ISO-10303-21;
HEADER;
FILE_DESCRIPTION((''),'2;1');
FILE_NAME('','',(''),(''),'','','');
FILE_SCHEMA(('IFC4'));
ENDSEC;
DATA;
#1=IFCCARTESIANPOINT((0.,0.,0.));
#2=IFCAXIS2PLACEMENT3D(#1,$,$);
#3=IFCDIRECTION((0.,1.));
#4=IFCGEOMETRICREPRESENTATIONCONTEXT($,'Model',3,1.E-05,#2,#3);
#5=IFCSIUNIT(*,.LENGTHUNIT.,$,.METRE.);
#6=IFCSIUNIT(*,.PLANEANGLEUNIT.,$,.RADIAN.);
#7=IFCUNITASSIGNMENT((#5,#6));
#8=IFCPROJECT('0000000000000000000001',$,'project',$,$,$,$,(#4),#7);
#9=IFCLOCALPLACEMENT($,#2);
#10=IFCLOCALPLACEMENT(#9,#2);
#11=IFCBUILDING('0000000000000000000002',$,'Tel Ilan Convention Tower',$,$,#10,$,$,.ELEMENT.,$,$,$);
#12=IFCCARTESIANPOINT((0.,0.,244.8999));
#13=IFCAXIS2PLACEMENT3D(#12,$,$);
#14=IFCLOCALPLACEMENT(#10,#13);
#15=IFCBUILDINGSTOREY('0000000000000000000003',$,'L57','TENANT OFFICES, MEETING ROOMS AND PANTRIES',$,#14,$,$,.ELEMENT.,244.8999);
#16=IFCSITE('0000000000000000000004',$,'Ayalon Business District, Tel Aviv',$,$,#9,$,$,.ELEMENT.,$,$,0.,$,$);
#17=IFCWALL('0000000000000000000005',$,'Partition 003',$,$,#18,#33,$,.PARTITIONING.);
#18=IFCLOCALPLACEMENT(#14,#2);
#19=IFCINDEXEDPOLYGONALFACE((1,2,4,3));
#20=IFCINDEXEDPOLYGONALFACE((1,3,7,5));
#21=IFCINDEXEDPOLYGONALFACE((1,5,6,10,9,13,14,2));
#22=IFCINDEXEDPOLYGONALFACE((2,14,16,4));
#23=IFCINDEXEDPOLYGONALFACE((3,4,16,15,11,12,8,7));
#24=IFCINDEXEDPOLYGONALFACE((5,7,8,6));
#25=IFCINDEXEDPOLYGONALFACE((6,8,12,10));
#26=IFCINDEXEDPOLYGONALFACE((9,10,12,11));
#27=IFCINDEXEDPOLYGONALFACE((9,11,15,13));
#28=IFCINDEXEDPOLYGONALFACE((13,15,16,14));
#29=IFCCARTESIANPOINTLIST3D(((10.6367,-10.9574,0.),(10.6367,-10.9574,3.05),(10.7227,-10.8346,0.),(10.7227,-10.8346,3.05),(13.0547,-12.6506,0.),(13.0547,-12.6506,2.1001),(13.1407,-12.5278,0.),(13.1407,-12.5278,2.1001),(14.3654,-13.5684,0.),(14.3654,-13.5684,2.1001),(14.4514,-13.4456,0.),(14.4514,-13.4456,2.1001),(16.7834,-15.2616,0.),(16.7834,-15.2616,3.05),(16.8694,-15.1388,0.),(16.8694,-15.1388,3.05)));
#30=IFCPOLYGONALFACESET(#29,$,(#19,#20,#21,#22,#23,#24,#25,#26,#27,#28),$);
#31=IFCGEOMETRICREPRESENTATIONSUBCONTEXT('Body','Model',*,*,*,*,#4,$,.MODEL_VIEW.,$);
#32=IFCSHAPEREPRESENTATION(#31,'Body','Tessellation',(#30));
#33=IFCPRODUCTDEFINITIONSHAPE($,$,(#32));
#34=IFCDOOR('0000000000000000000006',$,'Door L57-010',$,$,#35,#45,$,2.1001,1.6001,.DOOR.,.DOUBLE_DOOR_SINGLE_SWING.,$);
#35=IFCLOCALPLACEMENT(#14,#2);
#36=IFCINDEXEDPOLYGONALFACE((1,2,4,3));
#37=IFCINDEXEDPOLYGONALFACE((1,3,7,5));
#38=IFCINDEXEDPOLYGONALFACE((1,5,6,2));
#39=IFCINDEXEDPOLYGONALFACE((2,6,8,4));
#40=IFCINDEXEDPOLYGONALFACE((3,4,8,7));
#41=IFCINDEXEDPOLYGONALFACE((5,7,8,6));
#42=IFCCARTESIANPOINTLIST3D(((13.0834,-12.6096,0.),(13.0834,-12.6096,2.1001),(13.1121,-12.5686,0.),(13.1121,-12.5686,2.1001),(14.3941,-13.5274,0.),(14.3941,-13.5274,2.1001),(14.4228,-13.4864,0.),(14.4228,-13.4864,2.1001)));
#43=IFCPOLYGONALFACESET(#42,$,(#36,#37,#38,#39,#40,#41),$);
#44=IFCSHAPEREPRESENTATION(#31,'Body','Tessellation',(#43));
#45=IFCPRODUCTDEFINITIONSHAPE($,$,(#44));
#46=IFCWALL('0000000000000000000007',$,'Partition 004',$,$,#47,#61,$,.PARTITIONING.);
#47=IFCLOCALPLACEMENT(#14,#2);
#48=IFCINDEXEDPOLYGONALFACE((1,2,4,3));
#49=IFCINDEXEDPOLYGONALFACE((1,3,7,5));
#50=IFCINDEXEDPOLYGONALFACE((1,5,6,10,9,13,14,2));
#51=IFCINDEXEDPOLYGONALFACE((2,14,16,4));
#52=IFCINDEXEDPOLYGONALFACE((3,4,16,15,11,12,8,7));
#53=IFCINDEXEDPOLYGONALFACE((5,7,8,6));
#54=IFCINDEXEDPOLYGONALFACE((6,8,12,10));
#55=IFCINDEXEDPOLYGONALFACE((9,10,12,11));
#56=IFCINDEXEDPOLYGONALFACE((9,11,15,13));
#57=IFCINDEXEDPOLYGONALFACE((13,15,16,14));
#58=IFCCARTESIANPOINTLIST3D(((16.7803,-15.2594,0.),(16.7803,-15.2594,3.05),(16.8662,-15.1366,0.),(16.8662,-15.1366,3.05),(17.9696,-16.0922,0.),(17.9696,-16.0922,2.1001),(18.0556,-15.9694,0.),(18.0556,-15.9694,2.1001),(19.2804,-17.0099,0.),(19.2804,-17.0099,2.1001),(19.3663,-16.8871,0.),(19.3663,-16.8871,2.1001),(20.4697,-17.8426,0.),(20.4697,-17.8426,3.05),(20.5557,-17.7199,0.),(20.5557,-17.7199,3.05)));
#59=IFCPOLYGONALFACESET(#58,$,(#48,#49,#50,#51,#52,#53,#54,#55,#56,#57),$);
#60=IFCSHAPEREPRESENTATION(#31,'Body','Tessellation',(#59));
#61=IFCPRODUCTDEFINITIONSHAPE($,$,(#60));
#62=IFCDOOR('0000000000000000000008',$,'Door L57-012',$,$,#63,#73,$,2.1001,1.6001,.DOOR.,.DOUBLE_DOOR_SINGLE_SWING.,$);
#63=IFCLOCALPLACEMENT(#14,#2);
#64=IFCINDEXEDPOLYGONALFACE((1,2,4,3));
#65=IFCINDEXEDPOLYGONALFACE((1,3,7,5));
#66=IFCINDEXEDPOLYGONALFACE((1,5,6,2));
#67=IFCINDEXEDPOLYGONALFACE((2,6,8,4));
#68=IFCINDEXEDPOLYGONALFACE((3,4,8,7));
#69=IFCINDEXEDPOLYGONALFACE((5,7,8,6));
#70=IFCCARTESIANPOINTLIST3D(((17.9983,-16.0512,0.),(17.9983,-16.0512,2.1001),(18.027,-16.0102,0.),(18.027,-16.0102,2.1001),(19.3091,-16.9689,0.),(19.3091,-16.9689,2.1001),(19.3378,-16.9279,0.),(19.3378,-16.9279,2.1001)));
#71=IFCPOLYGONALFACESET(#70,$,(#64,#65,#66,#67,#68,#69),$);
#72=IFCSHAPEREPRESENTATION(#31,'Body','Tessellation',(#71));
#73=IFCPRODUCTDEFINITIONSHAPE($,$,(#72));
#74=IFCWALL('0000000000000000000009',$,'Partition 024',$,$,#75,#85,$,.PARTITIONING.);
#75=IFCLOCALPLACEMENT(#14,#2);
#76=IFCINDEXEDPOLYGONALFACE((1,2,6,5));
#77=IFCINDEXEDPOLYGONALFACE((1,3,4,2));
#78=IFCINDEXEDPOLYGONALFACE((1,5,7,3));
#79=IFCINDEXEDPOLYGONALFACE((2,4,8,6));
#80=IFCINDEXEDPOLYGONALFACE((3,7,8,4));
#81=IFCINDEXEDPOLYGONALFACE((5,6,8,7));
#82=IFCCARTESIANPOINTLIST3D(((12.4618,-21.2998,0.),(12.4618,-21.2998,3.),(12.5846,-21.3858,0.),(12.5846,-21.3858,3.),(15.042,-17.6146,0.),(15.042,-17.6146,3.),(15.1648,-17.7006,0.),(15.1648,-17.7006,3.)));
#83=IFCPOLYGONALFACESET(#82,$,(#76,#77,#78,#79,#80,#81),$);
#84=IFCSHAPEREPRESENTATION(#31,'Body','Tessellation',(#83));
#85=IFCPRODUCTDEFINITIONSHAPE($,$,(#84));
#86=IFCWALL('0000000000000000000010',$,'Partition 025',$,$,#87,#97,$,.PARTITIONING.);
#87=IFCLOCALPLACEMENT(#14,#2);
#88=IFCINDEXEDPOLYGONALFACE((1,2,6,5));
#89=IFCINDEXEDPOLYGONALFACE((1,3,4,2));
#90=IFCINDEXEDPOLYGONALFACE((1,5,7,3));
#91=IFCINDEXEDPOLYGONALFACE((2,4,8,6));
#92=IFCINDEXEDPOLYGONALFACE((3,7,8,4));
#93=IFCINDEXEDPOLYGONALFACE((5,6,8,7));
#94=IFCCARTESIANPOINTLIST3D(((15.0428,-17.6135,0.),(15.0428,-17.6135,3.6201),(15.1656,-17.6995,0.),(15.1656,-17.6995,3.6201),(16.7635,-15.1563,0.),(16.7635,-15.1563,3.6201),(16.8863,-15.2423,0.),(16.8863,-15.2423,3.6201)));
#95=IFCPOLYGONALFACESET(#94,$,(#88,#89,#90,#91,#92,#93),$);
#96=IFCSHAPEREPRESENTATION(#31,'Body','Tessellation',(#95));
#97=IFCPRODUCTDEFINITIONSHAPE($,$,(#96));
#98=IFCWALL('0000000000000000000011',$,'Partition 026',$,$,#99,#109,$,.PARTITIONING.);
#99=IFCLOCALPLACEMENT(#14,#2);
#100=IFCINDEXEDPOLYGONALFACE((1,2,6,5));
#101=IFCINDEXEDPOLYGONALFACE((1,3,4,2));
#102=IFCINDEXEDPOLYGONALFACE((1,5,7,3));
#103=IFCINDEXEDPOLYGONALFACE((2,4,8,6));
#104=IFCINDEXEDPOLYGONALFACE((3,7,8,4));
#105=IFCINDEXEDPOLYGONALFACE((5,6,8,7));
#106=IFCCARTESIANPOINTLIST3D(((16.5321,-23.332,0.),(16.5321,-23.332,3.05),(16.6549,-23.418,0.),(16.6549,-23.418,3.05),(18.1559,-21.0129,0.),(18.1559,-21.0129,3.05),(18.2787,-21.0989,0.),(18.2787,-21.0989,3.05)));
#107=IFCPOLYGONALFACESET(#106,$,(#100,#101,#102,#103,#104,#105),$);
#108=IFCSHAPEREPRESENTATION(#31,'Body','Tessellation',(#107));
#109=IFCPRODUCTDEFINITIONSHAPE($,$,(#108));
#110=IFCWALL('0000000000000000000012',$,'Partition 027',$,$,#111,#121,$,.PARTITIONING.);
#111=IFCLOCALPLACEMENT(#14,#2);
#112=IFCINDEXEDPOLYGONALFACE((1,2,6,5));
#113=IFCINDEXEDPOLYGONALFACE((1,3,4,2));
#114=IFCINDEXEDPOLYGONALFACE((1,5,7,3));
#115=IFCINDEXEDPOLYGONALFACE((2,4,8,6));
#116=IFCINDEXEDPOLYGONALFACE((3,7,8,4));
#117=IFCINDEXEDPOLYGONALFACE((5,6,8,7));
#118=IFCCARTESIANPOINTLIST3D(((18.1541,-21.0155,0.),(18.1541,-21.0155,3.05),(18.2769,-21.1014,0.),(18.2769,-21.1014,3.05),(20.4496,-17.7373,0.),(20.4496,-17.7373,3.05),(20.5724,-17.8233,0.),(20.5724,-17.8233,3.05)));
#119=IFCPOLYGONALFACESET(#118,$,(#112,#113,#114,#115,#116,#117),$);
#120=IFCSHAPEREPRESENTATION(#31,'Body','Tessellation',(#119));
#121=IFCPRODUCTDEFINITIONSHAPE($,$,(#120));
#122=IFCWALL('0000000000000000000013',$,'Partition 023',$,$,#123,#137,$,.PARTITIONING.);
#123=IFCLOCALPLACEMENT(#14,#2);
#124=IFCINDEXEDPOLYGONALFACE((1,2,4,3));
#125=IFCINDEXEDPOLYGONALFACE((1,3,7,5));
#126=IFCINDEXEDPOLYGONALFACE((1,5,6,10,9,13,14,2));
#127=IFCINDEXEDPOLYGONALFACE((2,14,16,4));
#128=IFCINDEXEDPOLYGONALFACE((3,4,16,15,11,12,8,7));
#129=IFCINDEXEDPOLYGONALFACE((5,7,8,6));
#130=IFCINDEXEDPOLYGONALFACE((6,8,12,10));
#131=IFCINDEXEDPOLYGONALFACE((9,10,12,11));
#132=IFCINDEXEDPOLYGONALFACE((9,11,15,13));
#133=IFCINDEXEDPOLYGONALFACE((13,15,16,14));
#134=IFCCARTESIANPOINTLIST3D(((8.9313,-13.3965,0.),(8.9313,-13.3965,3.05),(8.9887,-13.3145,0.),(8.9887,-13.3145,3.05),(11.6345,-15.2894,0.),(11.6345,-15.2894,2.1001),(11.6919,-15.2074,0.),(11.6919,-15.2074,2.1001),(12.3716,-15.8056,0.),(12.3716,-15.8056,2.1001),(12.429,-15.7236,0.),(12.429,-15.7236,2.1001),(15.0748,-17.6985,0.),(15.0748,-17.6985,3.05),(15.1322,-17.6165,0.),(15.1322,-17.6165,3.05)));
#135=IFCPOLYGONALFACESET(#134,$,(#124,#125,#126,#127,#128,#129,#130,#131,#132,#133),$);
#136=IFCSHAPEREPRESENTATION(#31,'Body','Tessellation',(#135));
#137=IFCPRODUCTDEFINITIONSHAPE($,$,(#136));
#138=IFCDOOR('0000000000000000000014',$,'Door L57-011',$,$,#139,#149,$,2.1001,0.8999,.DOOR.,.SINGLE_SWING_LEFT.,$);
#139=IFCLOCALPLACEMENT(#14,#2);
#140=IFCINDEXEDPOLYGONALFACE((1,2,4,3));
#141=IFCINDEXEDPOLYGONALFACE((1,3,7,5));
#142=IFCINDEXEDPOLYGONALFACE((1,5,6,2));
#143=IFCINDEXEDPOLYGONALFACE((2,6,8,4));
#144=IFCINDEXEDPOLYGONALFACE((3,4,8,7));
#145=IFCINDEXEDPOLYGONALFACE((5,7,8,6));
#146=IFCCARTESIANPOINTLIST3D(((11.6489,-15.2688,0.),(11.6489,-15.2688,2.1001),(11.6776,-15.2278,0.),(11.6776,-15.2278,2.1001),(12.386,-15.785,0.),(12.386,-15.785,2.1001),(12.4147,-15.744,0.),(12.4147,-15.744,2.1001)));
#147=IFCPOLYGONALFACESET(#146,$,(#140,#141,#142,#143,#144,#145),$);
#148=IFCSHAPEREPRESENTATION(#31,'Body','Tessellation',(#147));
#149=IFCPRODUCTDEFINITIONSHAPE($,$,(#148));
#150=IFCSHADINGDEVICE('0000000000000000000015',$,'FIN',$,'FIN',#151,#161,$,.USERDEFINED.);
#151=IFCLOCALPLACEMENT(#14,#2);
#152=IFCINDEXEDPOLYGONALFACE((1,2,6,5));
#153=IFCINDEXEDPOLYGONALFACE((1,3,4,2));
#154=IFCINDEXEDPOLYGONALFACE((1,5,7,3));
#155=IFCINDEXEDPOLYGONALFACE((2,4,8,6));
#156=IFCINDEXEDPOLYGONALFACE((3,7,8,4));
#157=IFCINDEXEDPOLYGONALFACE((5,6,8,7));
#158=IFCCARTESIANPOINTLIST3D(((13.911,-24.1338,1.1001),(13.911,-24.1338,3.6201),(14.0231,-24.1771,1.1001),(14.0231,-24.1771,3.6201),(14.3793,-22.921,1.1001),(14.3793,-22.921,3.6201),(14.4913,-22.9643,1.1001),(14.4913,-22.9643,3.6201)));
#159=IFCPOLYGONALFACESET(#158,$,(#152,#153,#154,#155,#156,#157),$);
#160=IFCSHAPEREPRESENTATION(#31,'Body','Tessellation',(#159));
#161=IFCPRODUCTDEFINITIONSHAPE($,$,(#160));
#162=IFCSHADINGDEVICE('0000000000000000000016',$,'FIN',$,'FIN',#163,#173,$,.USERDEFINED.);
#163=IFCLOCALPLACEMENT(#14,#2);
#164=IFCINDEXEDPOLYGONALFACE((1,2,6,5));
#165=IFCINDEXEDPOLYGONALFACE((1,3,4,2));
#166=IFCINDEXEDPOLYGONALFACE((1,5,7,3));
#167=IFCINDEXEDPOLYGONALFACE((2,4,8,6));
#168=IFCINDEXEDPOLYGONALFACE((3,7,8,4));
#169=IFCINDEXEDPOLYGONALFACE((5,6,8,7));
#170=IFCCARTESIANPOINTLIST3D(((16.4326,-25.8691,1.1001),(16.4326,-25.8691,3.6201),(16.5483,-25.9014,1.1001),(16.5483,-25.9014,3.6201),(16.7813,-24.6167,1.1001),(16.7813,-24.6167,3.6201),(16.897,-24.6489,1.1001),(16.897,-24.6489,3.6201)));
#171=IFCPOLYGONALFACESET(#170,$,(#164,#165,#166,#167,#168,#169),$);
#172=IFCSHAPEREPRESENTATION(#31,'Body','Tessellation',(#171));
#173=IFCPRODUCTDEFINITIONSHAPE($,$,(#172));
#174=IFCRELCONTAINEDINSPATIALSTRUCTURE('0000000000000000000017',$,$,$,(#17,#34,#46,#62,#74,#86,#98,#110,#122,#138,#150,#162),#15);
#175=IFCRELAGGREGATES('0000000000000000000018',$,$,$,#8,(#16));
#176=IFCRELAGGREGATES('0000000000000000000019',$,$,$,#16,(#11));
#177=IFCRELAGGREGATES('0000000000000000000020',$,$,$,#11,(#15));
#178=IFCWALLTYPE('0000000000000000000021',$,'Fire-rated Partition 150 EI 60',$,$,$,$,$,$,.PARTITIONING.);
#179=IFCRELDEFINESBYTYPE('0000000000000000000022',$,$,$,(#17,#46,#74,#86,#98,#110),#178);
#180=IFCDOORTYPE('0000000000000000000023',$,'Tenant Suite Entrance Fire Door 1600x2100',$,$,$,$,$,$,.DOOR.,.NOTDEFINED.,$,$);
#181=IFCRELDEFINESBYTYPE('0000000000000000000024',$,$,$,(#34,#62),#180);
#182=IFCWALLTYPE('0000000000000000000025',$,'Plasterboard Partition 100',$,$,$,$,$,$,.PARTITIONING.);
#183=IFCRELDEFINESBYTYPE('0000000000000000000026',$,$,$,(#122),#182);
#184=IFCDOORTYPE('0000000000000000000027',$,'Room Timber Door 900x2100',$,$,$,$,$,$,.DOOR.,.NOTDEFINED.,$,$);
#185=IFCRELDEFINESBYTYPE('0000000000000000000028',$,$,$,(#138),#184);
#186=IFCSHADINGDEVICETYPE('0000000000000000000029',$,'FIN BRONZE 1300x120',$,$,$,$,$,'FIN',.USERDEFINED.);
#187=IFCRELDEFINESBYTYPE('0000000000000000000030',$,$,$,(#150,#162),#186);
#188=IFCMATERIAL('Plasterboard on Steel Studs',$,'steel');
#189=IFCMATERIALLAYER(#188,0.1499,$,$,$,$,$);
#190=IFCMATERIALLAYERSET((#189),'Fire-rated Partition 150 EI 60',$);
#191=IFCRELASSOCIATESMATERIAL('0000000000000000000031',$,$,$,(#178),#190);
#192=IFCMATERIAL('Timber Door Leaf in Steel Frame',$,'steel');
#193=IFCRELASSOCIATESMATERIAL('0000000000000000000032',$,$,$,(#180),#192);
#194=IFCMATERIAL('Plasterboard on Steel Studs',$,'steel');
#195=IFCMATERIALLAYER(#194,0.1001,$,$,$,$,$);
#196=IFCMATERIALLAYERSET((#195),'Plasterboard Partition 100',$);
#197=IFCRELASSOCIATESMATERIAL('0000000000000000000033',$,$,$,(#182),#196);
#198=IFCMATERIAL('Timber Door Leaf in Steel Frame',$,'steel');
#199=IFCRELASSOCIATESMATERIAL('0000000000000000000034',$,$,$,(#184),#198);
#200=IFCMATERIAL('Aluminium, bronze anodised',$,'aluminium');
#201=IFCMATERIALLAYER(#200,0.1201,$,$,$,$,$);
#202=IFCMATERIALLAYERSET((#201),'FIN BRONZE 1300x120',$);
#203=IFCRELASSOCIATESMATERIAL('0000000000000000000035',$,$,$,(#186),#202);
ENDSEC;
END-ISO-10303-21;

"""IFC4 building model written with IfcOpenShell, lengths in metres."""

from ifc_helpers import new_model, si_unit, direction, frame, frame_2d, origin, origin_2d, place, context, subcontext, project, spatial, rectangle, extrude, material, layer, layer_set, type_object, element, fill, save


model = new_model("IFC4")

# Units and contexts
model_context = context("Model", 3, precision=1e-05, world=origin(), true_north=direction((0.0, 1.0)))
body_context = subcontext(model_context, "Body", "Model", "MODEL_VIEW")
ifc_project = project(units=[si_unit("LENGTHUNIT", "METRE"), si_unit("PLANEANGLEUNIT", "RADIAN")], contexts=[model_context])

# Site, building, storey
site_placement = place(None, origin())
site = spatial("IfcSite", under=ifc_project, at=site_placement, Name="Ayalon Business District, Tel Aviv", CompositionType="ELEMENT", RefElevation=0.0)
building_placement = place(site_placement, origin())
building = spatial("IfcBuilding", under=site, at=building_placement, Name="Tel Ilan Convention Tower", CompositionType="ELEMENT")
storey_placement = place(building_placement, frame((0.0, 0.0, 244.8999)))
storey = spatial("IfcBuildingStorey", under=building, at=storey_placement, Name="L57", Description="TENANT OFFICES, MEETING ROOMS AND PANTRIES", CompositionType="ELEMENT", Elevation=244.8999)

# Walls, openings, doors
ifc_material_1 = material(Name="Plasterboard on Steel Studs", Category="steel")
ifc_layer_1 = layer(ifc_material_1, 0.1499)
ifc_layer_set_1 = layer_set([ifc_layer_1], Name="Fire-rated Partition 150 EI 60")
wall_type_1 = type_object("IfcWallType", Name="Fire-rated Partition 150 EI 60", PredefinedType="PARTITIONING", material=ifc_layer_set_1)
wall_1_placement = place(storey_placement, frame((16.8264, -15.2002, 0.0), z_axis=(0.0, 0.0, 1.0), x_axis=(-0.819139, 0.573596, 0.0)))
wall_1 = element("IfcWall", 1, at=wall_1_placement, inside=storey, type_object=wall_type_1, Name="Partition 003", PredefinedType="PARTITIONING", context=body_context, shape_type="SweptSolid", body=[
    extrude(rectangle(XDim=7.5039, YDim=0.1499, at=frame_2d((3.752, 0.0))), origin(), (0.0, 0.0, 1.0), 3.05),
])
opening_1_placement = place(wall_1_placement, frame((2.9519, 0.0, 0.0)))
opening_1 = element("IfcOpeningElement", 2, at=opening_1_placement, cuts=wall_1, PredefinedType="OPENING", context=body_context, shape_type="SweptSolid", body=[
    extrude(rectangle(XDim=1.6001, YDim=2.1001, at=frame_2d((0.8, 1.05))), frame((0.0, 0.085, 0.0), z_axis=(0.0, -1.0, 0.0), x_axis=(1.0, 0.0, 0.0)), (0.0, 0.0, 1.0), 0.1699),
])
ifc_material_2 = material(Name="Timber Door Leaf in Steel Frame", Category="steel")
door_type_1 = type_object("IfcDoorType", Name="Tenant Suite Entrance Fire Door 1600x2100", OperationType="NOTDEFINED", PredefinedType="DOOR", material=ifc_material_2)
door_1_placement = place(opening_1_placement, origin())
door_1 = element("IfcDoor", 3, at=door_1_placement, inside=storey, type_object=door_type_1, Name="Door L57-010", OperationType="DOUBLE_DOOR_SINGLE_SWING", OverallHeight=2.1001, OverallWidth=1.6001, PredefinedType="DOOR", context=body_context, shape_type="SweptSolid", body=[
    extrude(rectangle(XDim=1.6001, YDim=2.1001, at=frame_2d((0.8, 1.05))), frame((0.0, 0.0249, 0.0), z_axis=(0.0, -1.0, 0.0), x_axis=(1.0, 0.0, 0.0)), (0.0, 0.0, 1.0), 0.05),
])
fill(opening_1, door_1)
wall_2_placement = place(storey_placement, frame((20.5127, -17.7812, 0.0), z_axis=(0.0, 0.0, 1.0), x_axis=(-0.819166, 0.573557, 0.0)))
wall_2 = element("IfcWall", 4, at=wall_2_placement, inside=storey, type_object=wall_type_1, Name="Partition 004", PredefinedType="PARTITIONING", context=body_context, shape_type="SweptSolid", body=[
    extrude(rectangle(XDim=4.5039, YDim=0.1499, at=frame_2d((2.252, 0.0))), origin(), (0.0, 0.0, 1.0), 3.05),
])
opening_2_placement = place(wall_2_placement, frame((1.4519, 0.0, 0.0)))
opening_2 = element("IfcOpeningElement", 5, at=opening_2_placement, cuts=wall_2, PredefinedType="OPENING", context=body_context, shape_type="SweptSolid", body=[
    extrude(rectangle(XDim=1.6001, YDim=2.1001, at=frame_2d((0.8, 1.05))), frame((0.0, 0.085, 0.0), z_axis=(0.0, -1.0, 0.0), x_axis=(1.0, 0.0, 0.0)), (0.0, 0.0, 1.0), 0.1699),
])
door_2_placement = place(opening_2_placement, origin())
door_2 = element("IfcDoor", 6, at=door_2_placement, inside=storey, type_object=door_type_1, Name="Door L57-012", OperationType="DOUBLE_DOOR_SINGLE_SWING", OverallHeight=2.1001, OverallWidth=1.6001, PredefinedType="DOOR", context=body_context, shape_type="SweptSolid", body=[
    extrude(rectangle(XDim=1.6001, YDim=2.1001, at=frame_2d((0.8, 1.05))), frame((0.0, 0.0249, 0.0), z_axis=(0.0, -1.0, 0.0), x_axis=(1.0, 0.0, 0.0)), (0.0, 0.0, 1.0), 0.05),
])
fill(opening_2, door_2)

# Walls
wall_3_placement = place(storey_placement, frame((15.1035, -17.6575, 0.0), z_axis=(0.0, 0.0, 1.0), x_axis=(-0.573553, -0.819168, 0.0)))
element("IfcWall", 7, at=wall_3_placement, inside=storey, type_object=wall_type_1, Name="Partition 024", PredefinedType="PARTITIONING", context=body_context, shape_type="SweptSolid", body=[
    extrude(rectangle(XDim=4.4988, YDim=0.1499, at=frame_2d((2.2495, 0.0))), origin(), (0.0, 0.0, 1.0), 3.0),
])
wall_4_placement = place(storey_placement, frame((16.825, -15.1992, 0.0), z_axis=(0.0, 0.0, 1.0), x_axis=(-0.573599, -0.819136, 0.0)))
element("IfcWall", 8, at=wall_4_placement, inside=storey, type_object=wall_type_1, Name="Partition 025", PredefinedType="PARTITIONING", context=body_context, shape_type="SweptSolid", body=[
    extrude(rectangle(XDim=2.9998, YDim=0.1499, at=frame_2d((1.5, 0.0))), origin(), (0.0, 0.0, 1.0), 3.6201),
])
wall_5_placement = place(storey_placement, frame((18.2173, -21.0559, 0.0), z_axis=(0.0, 0.0, 1.0), x_axis=(-0.573561, -0.819163, 0.0)))
element("IfcWall", 9, at=wall_5_placement, inside=storey, type_object=wall_type_1, Name="Partition 026", PredefinedType="PARTITIONING", context=body_context, shape_type="SweptSolid", body=[
    extrude(rectangle(XDim=2.8311, YDim=0.1499, at=frame_2d((1.4155, 0.0))), origin(), (0.0, 0.0, 1.0), 3.05),
])
wall_6_placement = place(storey_placement, frame((20.511, -17.7803, 0.0), z_axis=(0.0, 0.0, 1.0), x_axis=(-0.573589, -0.819143, 0.0)))
element("IfcWall", 10, at=wall_6_placement, inside=storey, type_object=wall_type_1, Name="Partition 027", PredefinedType="PARTITIONING", context=body_context, shape_type="SweptSolid", body=[
    extrude(rectangle(XDim=4.002, YDim=0.1499, at=frame_2d((2.001, 0.0))), origin(), (0.0, 0.0, 1.0), 3.05),
])

# Wall, opening, door
ifc_material_3 = material(Name="Plasterboard on Steel Studs", Category="steel")
ifc_layer_2 = layer(ifc_material_3, 0.1001)
ifc_layer_set_2 = layer_set([ifc_layer_2], Name="Plasterboard Partition 100")
wall_type_2 = type_object("IfcWallType", Name="Plasterboard Partition 100", PredefinedType="PARTITIONING", material=ifc_layer_set_2)
wall_7_placement = place(storey_placement, frame((15.1035, -17.6575, 0.0), z_axis=(0.0, 0.0, 1.0), x_axis=(-0.819137, 0.573598, 0.0)))
wall_7 = element("IfcWall", 11, at=wall_7_placement, inside=storey, type_object=wall_type_2, Name="Partition 023", PredefinedType="PARTITIONING", context=body_context, shape_type="SweptSolid", body=[
    extrude(rectangle(XDim=7.5, YDim=0.1001, at=frame_2d((3.75, 0.0))), origin(), (0.0, 0.0, 1.0), 3.05),
])
opening_3_placement = place(wall_7_placement, frame((3.3, 0.0, 0.0)))
opening_3 = element("IfcOpeningElement", 12, at=opening_3_placement, cuts=wall_7, PredefinedType="OPENING", context=body_context, shape_type="SweptSolid", body=[
    extrude(rectangle(XDim=0.8999, YDim=2.1001, at=frame_2d((0.45, 1.05))), frame((0.0, 0.0601, 0.0), z_axis=(0.0, -1.0, 0.0), x_axis=(1.0, 0.0, 0.0)), (0.0, 0.0, 1.0), 0.1201),
])
ifc_material_4 = material(Name="Timber Door Leaf in Steel Frame", Category="steel")
door_type_2 = type_object("IfcDoorType", Name="Room Timber Door 900x2100", OperationType="NOTDEFINED", PredefinedType="DOOR", material=ifc_material_4)
door_3_placement = place(opening_3_placement, origin())
door_3 = element("IfcDoor", 13, at=door_3_placement, inside=storey, type_object=door_type_2, Name="Door L57-011", OperationType="SINGLE_SWING_LEFT", OverallHeight=2.1001, OverallWidth=0.8999, PredefinedType="DOOR", context=body_context, shape_type="SweptSolid", body=[
    extrude(rectangle(XDim=0.8999, YDim=2.1001, at=frame_2d((0.45, 1.05))), frame((0.0, 0.0249, 0.0), z_axis=(0.0, -1.0, 0.0), x_axis=(1.0, 0.0, 0.0)), (0.0, 0.0, 1.0), 0.05),
])
fill(opening_3, door_3)

# Shading devices
ifc_material_5 = material(Name="Aluminium, bronze anodised", Category="aluminium")
ifc_layer_3 = layer(ifc_material_5, 0.1201)
ifc_layer_set_3 = layer_set([ifc_layer_3], Name="FIN BRONZE 1300x120")
shading_device_type = type_object("IfcShadingDeviceType", Name="FIN BRONZE 1300x120", ElementType="FIN", PredefinedType="USERDEFINED", material=ifc_layer_set_3)
for number, where, z_axis, x_axis, name in (
    (14, (14.2012, -23.5491, 1.1001), (0.0, 0.0, 1.0), (-0.360178, -0.932884, 0.0), "FIN"),
    (15, (16.6648, -25.259, 1.1001), (0.0, 0.0, 1.0), (-0.268173, -0.963371, 0.0), "FIN"),
):
    element("IfcShadingDevice", number, at=place(storey_placement, frame(where, z_axis=z_axis, x_axis=x_axis)), inside=storey, type_object=shading_device_type, Name=name, ObjectType="FIN", PredefinedType="USERDEFINED", context=body_context, shape_type="SweptSolid", body=[
        extrude(rectangle(XDim=1.3, YDim=0.1201, at=origin_2d()), origin(), (0.0, 0.0, 1.0), 2.52),
    ])

save(model, "model.ifc")
